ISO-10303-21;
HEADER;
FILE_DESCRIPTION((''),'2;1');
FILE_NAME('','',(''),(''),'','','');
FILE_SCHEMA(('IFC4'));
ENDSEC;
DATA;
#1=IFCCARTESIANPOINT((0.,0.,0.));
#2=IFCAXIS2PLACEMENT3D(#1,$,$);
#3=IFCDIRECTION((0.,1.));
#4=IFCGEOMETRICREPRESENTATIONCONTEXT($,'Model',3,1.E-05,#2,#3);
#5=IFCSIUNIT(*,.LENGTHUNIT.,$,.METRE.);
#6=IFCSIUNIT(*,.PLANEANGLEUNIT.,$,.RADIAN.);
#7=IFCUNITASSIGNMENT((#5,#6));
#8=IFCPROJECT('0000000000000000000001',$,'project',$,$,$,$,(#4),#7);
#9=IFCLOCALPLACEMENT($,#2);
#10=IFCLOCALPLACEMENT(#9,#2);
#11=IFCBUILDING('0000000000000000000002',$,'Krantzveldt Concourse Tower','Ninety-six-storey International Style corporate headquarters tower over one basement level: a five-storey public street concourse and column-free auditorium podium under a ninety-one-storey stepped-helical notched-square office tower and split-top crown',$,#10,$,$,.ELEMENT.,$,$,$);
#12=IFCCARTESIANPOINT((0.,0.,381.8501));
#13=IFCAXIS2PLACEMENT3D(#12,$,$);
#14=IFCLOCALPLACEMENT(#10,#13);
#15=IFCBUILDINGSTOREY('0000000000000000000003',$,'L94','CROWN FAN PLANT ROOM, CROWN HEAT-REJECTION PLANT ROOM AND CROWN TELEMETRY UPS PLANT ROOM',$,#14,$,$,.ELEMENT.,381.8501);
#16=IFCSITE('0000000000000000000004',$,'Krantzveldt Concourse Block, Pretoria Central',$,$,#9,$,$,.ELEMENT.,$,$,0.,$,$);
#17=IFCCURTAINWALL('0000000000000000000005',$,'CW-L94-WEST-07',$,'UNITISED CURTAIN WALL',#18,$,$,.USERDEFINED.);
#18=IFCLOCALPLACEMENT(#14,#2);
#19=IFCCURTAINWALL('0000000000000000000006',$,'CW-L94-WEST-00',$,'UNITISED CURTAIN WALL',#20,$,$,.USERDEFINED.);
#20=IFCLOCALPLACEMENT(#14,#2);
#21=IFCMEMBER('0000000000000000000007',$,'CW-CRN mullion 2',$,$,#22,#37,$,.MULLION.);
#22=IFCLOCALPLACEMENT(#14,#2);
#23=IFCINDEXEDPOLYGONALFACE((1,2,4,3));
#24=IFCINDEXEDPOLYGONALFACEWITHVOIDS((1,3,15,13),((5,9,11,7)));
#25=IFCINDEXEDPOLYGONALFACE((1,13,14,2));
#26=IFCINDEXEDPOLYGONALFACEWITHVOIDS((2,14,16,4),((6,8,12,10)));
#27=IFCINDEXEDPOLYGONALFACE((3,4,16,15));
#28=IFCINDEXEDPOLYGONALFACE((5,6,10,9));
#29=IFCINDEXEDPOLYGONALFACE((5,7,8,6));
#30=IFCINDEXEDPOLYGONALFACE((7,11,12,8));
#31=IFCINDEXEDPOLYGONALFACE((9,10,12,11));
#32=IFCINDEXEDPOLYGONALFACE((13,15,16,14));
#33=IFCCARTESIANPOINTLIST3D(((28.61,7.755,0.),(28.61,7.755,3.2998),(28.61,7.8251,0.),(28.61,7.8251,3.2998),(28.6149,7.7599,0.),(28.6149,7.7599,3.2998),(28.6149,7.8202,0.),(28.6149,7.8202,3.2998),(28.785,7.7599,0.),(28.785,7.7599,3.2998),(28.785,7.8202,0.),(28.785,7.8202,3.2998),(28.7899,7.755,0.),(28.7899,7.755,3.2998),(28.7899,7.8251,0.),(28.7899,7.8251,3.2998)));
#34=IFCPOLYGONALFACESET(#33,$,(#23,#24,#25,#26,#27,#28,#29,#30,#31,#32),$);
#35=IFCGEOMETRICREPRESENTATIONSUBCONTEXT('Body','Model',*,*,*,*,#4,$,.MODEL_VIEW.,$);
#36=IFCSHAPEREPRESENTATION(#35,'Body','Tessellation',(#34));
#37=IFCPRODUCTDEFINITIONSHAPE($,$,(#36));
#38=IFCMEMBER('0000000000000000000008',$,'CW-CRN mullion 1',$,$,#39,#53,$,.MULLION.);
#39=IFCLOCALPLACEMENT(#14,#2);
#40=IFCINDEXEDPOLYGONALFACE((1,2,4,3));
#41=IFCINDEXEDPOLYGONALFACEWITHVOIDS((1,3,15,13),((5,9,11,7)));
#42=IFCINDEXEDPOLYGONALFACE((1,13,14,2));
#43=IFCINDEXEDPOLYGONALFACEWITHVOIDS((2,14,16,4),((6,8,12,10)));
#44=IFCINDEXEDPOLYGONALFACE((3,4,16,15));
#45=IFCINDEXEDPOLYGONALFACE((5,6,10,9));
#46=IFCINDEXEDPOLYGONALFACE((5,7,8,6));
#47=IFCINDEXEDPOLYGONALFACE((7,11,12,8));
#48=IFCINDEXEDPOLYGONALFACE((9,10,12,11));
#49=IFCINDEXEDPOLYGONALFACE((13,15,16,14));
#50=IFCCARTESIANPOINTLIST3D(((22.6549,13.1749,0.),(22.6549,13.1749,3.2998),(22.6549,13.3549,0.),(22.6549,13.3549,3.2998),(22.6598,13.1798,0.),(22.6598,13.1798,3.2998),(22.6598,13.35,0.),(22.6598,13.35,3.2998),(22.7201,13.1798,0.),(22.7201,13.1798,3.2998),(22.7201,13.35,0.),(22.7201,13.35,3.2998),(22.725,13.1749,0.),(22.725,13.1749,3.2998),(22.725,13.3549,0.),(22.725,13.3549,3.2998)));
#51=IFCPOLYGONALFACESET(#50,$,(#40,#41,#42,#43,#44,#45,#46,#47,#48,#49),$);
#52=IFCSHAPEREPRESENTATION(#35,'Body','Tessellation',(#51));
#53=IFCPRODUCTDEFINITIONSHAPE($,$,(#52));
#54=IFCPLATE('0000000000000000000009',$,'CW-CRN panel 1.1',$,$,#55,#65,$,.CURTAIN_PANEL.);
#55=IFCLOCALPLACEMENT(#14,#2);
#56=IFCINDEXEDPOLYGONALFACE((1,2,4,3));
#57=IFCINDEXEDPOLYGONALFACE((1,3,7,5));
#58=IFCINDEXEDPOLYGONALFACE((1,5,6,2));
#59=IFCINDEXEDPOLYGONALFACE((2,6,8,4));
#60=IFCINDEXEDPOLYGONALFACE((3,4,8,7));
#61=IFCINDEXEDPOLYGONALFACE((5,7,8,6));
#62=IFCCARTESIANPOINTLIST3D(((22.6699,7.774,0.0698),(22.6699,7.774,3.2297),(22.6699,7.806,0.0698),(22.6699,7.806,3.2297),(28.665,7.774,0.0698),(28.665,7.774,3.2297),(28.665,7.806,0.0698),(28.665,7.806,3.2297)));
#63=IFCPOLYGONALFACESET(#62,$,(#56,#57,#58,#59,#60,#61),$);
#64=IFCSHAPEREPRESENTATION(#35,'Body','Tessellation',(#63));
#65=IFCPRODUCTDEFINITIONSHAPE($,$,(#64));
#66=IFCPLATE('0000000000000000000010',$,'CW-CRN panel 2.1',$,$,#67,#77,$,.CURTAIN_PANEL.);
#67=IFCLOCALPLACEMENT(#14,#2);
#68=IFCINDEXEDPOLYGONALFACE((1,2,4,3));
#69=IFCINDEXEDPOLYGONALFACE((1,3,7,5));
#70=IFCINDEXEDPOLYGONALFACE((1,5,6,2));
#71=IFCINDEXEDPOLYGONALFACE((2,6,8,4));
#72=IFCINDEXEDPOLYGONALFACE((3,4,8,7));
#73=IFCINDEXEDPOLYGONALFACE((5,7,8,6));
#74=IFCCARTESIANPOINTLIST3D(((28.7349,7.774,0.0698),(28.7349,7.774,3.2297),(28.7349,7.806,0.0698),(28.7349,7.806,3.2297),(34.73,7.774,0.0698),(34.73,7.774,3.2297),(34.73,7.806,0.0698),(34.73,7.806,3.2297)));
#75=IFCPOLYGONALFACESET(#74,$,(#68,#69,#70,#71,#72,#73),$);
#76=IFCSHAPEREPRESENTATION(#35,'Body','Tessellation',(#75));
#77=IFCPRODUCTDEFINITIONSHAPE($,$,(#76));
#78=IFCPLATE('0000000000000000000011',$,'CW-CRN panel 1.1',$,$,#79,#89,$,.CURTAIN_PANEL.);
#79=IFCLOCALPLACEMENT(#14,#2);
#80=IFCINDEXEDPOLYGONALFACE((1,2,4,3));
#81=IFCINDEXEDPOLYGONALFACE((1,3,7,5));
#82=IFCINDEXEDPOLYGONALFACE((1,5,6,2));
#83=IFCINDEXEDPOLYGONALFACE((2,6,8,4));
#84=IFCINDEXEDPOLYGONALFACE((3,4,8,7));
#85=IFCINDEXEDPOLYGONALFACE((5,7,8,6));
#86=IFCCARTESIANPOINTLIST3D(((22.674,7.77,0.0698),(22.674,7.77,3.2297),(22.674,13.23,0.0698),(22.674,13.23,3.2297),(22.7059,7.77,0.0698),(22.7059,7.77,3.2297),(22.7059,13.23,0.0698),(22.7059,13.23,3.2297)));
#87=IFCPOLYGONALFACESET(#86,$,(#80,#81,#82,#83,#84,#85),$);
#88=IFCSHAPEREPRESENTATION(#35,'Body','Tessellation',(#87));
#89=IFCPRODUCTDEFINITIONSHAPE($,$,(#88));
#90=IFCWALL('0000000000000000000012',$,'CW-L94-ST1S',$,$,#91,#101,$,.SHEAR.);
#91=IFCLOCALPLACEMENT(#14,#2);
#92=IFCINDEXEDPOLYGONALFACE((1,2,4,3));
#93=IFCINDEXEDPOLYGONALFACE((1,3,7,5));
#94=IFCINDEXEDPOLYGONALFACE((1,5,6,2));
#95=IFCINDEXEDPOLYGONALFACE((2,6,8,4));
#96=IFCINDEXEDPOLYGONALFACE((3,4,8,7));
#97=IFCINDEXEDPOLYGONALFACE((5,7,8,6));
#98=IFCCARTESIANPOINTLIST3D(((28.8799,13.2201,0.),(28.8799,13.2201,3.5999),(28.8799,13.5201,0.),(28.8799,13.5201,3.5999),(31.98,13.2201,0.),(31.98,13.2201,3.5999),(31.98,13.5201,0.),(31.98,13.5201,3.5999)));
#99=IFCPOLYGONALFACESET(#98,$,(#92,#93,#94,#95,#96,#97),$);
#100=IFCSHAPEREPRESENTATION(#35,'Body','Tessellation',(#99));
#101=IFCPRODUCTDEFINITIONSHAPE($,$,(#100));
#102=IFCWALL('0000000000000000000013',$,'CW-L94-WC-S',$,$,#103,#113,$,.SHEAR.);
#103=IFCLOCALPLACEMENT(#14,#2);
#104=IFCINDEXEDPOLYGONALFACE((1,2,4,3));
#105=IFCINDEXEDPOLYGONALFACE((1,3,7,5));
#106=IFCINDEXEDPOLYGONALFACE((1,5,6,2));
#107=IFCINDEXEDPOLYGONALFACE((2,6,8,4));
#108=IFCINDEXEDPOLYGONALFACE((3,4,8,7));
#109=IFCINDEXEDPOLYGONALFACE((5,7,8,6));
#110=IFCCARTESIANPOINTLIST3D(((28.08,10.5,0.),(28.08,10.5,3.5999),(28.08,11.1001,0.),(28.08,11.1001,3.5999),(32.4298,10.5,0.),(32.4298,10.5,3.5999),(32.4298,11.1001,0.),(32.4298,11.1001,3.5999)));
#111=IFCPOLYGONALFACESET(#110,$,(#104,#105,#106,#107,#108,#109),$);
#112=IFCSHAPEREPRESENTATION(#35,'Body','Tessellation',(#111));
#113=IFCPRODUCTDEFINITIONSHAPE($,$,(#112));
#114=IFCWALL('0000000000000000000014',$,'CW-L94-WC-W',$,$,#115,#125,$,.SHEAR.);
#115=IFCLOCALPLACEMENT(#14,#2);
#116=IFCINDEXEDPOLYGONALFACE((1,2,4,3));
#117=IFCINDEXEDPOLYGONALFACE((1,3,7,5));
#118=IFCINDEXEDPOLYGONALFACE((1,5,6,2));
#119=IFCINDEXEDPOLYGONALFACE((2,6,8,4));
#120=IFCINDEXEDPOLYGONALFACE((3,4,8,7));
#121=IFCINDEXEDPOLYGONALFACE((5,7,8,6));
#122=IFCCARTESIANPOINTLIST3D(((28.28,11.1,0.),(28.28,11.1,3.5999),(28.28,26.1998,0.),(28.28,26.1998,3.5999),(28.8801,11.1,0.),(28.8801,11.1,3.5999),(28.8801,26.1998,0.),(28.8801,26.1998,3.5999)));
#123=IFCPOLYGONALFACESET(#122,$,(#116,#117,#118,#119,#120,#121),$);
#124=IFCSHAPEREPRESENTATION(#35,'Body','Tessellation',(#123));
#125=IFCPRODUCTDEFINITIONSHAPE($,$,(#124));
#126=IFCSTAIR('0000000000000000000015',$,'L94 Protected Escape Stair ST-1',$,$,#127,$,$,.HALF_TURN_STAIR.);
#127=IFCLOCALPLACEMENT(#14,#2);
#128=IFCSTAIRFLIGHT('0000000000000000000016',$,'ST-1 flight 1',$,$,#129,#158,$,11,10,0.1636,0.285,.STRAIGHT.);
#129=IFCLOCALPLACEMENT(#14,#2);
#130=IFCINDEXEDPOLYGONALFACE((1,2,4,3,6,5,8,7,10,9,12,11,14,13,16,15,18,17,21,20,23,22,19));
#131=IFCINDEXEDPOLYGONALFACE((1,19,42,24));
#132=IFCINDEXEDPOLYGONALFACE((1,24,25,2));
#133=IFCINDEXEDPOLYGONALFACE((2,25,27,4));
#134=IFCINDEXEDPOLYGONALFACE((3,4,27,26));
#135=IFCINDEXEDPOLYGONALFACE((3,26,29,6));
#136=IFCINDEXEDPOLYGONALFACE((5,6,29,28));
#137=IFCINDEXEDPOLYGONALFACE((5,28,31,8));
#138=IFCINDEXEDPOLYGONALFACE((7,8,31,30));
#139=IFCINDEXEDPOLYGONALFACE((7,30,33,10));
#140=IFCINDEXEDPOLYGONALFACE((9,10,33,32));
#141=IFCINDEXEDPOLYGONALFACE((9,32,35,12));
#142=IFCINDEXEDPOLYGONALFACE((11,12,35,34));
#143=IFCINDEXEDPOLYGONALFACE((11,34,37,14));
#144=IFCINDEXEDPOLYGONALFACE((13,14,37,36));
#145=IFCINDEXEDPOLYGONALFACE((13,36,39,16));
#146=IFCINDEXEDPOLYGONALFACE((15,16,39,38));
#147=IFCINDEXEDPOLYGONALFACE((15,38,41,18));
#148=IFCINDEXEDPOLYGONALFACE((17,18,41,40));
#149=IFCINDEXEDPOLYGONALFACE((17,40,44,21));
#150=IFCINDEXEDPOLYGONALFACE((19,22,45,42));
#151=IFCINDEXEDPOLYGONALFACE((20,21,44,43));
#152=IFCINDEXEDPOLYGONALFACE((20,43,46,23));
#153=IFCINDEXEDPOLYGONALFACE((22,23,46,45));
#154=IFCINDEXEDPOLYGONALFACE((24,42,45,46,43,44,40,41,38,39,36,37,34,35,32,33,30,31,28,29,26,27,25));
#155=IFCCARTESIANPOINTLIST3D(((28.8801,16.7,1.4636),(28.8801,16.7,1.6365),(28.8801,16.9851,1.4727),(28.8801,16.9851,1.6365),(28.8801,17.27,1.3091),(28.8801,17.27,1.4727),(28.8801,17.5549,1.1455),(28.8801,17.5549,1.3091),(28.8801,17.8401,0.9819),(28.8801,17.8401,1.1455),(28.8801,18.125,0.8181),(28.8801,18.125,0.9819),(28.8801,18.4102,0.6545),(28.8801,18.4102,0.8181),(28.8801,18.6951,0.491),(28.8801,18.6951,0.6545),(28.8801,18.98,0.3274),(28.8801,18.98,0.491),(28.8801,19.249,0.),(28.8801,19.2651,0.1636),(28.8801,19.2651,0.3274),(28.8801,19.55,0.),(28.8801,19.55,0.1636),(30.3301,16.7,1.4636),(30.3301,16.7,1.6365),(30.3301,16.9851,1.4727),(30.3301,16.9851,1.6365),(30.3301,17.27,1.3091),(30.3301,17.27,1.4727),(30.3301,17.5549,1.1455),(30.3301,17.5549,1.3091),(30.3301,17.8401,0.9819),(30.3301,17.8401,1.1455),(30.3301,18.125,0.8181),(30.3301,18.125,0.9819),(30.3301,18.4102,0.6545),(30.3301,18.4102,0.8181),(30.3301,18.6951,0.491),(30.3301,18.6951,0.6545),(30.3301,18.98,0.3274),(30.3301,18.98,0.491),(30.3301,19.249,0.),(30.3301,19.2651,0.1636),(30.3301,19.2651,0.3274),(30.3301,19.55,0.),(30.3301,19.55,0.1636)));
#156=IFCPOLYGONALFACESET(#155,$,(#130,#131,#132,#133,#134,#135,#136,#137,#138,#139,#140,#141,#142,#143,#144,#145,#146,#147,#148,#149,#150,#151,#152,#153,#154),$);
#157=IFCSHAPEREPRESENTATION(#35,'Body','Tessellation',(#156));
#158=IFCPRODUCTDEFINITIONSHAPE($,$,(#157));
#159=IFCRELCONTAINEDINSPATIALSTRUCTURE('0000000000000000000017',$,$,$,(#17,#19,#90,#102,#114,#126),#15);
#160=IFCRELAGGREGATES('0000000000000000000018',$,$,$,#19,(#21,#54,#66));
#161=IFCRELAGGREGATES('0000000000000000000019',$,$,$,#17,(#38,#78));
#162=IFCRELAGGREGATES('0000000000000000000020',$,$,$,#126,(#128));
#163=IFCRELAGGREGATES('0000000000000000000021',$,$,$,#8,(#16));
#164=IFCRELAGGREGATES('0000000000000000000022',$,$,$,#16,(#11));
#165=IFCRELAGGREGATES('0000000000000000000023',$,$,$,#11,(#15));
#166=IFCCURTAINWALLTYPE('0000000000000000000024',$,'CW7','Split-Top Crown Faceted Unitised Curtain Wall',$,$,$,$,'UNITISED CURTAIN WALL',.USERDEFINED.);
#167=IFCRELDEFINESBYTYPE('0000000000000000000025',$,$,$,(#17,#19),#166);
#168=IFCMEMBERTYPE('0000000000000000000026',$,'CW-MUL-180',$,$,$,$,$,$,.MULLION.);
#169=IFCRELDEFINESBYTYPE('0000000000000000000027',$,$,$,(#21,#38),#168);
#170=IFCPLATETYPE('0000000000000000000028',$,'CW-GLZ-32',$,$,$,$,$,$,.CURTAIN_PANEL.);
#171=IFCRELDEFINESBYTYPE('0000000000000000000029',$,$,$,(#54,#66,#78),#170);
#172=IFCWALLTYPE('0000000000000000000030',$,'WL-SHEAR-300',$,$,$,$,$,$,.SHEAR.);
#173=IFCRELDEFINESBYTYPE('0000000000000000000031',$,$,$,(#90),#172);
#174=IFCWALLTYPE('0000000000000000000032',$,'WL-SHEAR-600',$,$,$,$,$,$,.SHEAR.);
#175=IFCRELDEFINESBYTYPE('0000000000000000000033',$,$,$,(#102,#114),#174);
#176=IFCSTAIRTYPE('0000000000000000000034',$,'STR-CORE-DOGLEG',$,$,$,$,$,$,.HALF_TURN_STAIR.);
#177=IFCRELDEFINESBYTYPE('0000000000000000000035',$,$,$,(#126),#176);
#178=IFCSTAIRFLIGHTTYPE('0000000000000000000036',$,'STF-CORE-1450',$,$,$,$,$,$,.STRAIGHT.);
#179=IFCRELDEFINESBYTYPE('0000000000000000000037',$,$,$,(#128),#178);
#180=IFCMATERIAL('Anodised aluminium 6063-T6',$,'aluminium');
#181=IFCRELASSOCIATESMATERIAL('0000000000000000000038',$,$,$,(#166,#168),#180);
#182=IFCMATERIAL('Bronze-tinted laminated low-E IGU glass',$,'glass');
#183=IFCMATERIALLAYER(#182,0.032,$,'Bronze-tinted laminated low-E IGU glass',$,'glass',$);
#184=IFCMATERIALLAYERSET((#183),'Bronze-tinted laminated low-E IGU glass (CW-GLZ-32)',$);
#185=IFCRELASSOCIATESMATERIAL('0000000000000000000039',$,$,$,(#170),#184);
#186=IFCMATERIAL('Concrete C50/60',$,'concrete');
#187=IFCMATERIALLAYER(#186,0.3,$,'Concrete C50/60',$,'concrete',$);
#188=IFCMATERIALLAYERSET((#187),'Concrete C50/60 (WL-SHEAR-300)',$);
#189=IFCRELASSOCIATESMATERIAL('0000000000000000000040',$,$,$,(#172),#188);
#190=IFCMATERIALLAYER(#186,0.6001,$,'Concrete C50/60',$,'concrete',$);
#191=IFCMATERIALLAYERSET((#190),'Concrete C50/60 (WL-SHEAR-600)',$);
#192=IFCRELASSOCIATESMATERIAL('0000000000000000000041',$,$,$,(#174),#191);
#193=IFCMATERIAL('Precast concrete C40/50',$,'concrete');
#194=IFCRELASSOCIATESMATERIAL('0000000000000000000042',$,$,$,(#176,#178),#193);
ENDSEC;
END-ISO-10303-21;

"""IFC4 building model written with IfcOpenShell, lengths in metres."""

from ifc_helpers import new_model, si_unit, direction, frame, frame_2d, origin, origin_2d, place, context, subcontext, project, spatial, polyline, rectangle, hollow_rectangle, outline, extrude, source, transform, mapped, material, layer, layer_set, material_profile, profile_set, type_object, type_shapes, element, aggregate, save


model = new_model("IFC4")

# Units and contexts
model_context = context("Model", 3, precision=1e-05, world=origin(), true_north=direction((0.0, 1.0)))
body_context = subcontext(model_context, "Body", "Model", "MODEL_VIEW")
ifc_project = project(units=[si_unit("LENGTHUNIT", "METRE"), si_unit("PLANEANGLEUNIT", "RADIAN")], contexts=[model_context])

# Site, building, storey
site_placement = place(None, origin())
site = spatial("IfcSite", under=ifc_project, at=site_placement, Name="Krantzveldt Concourse Block, Pretoria Central", CompositionType="ELEMENT", RefElevation=0.0)
building_placement = place(site_placement, origin())
building = spatial("IfcBuilding", under=site, at=building_placement, Name="Krantzveldt Concourse Tower", Description="Ninety-six-storey International Style corporate headquarters tower over one basement level: a five-storey public street concourse and column-free auditorium podium under a ninety-one-storey stepped-helical notched-square office tower and split-top crown", CompositionType="ELEMENT")
storey_placement = place(building_placement, frame((0.0, 0.0, 381.8501)))
storey = spatial("IfcBuildingStorey", under=building, at=storey_placement, Name="L94", Description="CROWN FAN PLANT ROOM, CROWN HEAT-REJECTION PLANT ROOM AND CROWN TELEMETRY UPS PLANT ROOM", CompositionType="ELEMENT", Elevation=381.8501)

# Shared definitions
ifc_material_1 = material(Name="Concrete C50/60", Category="concrete")

# Curtain walls, member
ifc_material_2 = material(Name="Anodised aluminium 6063-T6", Category="aluminium")
curtain_wall_type = type_object("IfcCurtainWallType", Name="CW7", Description="Split-Top Crown Faceted Unitised Curtain Wall", ElementType="UNITISED CURTAIN WALL", PredefinedType="USERDEFINED", material=ifc_material_2)
curtain_wall_1_placement = place(storey_placement, origin())
curtain_wall_1 = element("IfcCurtainWall", 1, at=curtain_wall_1_placement, inside=storey, type_object=curtain_wall_type, Name="CW-L94-WEST-07", ObjectType="UNITISED CURTAIN WALL", PredefinedType="USERDEFINED")
curtain_wall_2_placement = place(storey_placement, origin())
curtain_wall_2 = element("IfcCurtainWall", 2, at=curtain_wall_2_placement, inside=storey, type_object=curtain_wall_type, Name="CW-L94-WEST-00", ObjectType="UNITISED CURTAIN WALL", PredefinedType="USERDEFINED")
ifc_material_profile_1 = material_profile(ifc_material_2, hollow_rectangle(XDim=0.0701, YDim=0.1799, WallThickness=0.0049, at=origin_2d()), Name="Anodised aluminium 6063-T6", Category="aluminium")
ifc_profile_set_1 = profile_set([ifc_material_profile_1], Name="Anodised aluminium 6063-T6 - ALU-MULL 180x70x5")
member_type_1 = type_object("IfcMemberType", Name="CW-MUL-180", PredefinedType="MULLION", material=ifc_profile_set_1)
shared_shape_1 = source(origin(), body_context, "Body", "SweptSolid", [
    extrude(hollow_rectangle(XDim=0.0701, YDim=0.1799, WallThickness=0.0049, at=origin_2d()), origin(), (0.0, 0.0, 1.0), 3.2998),
])
type_shapes(member_type_1, [shared_shape_1])
member_1_placement = place(storey_placement, frame((28.7, 7.79, 0.0), z_axis=(0.0, 0.0, 1.0), x_axis=(0.0, 1.0, 0.0)))
member_1 = element("IfcMember", 3, at=member_1_placement, type_object=member_type_1, Name="CW-CRN mullion 2", PredefinedType="MULLION", context=body_context, shape_type="MappedRepresentation", body=[
    mapped(shared_shape_1, transform((0.0, 0.0, 0.0), x_axis=(1.0, 0.0, 0.0), y_axis=(0.0, 1.0, 0.0), z_axis=(0.0, 0.0, 1.0), scale=1.0)),
])

# Member
member_2_placement = place(storey_placement, frame((22.6899, 13.2649, 0.0), z_axis=(0.0, 0.0, 1.0), x_axis=(1.0, 0.0, 0.0)))
member_2 = element("IfcMember", 4, at=member_2_placement, type_object=member_type_1, Name="CW-CRN mullion 1", PredefinedType="MULLION", context=body_context, shape_type="MappedRepresentation", body=[
    mapped(shared_shape_1, transform((0.0, 0.0, 0.0), x_axis=(1.0, 0.0, 0.0), y_axis=(0.0, 1.0, 0.0), z_axis=(0.0, 0.0, 1.0), scale=1.0)),
])

# Plates
ifc_material_3 = material(Name="Bronze-tinted laminated low-E IGU glass", Category="glass")
ifc_layer_1 = layer(ifc_material_3, 0.032, Name="Bronze-tinted laminated low-E IGU glass", Category="glass")
ifc_layer_set_1 = layer_set([ifc_layer_1], Name="Bronze-tinted laminated low-E IGU glass (CW-GLZ-32)")
plate_type = type_object("IfcPlateType", Name="CW-GLZ-32", PredefinedType="CURTAIN_PANEL", material=ifc_layer_set_1)
shared_shape_2 = source(origin(), body_context, "Body", "SweptSolid", [
    extrude(rectangle(XDim=5.9951, YDim=0.032, at=origin_2d()), origin(), (0.0, 0.0, 1.0), 3.1599),
])
plate_1_placement = place(storey_placement, frame((25.6675, 7.79, 0.0698), z_axis=(0.0, 0.0, 1.0), x_axis=(1.0, 0.0, 0.0)))
plate_1 = element("IfcPlate", 5, at=plate_1_placement, type_object=plate_type, Name="CW-CRN panel 1.1", PredefinedType="CURTAIN_PANEL", context=body_context, shape_type="MappedRepresentation", body=[
    mapped(shared_shape_2, transform((0.0, 0.0, 0.0), x_axis=(1.0, 0.0, 0.0), y_axis=(0.0, 1.0, 0.0), z_axis=(0.0, 0.0, 1.0), scale=1.0)),
])
plate_2_placement = place(storey_placement, frame((31.7324, 7.79, 0.0698), z_axis=(0.0, 0.0, 1.0), x_axis=(1.0, 0.0, 0.0)))
plate_2 = element("IfcPlate", 6, at=plate_2_placement, type_object=plate_type, Name="CW-CRN panel 2.1", PredefinedType="CURTAIN_PANEL", context=body_context, shape_type="MappedRepresentation", body=[
    mapped(shared_shape_2, transform((0.0, 0.0, 0.0), x_axis=(1.0, 0.0, 0.0), y_axis=(0.0, 1.0, 0.0), z_axis=(0.0, 0.0, 1.0), scale=1.0)),
])
aggregate(curtain_wall_2, [member_1, plate_1, plate_2])
shared_shape_3 = source(origin(), body_context, "Body", "SweptSolid", [
    extrude(rectangle(XDim=5.46, YDim=0.032, at=origin_2d()), origin(), (0.0, 0.0, 1.0), 3.1599),
])
type_shapes(plate_type, [shared_shape_2, shared_shape_3])
plate_3_placement = place(storey_placement, frame((22.6899, 10.5, 0.0698), z_axis=(0.0, 0.0, 1.0), x_axis=(0.0, -1.0, 0.0)))
plate_3 = element("IfcPlate", 7, at=plate_3_placement, type_object=plate_type, Name="CW-CRN panel 1.1", PredefinedType="CURTAIN_PANEL", context=body_context, shape_type="MappedRepresentation", body=[
    mapped(shared_shape_3, transform((0.0, 0.0, 0.0), x_axis=(1.0, 0.0, 0.0), y_axis=(0.0, 1.0, 0.0), z_axis=(0.0, 0.0, 1.0), scale=1.0)),
])
aggregate(curtain_wall_1, [member_2, plate_3])

# Walls
ifc_layer_2 = layer(ifc_material_1, 0.3, Name="Concrete C50/60", Category="concrete")
ifc_layer_set_2 = layer_set([ifc_layer_2], Name="Concrete C50/60 (WL-SHEAR-300)")
wall_type_1 = type_object("IfcWallType", Name="WL-SHEAR-300", PredefinedType="SHEAR", material=ifc_layer_set_2)
wall_1_placement = place(storey_placement, frame((28.8799, 13.3701, 0.0), z_axis=(0.0, 0.0, 1.0), x_axis=(1.0, 0.0, 0.0)))
element("IfcWall", 8, at=wall_1_placement, inside=storey, type_object=wall_type_1, Name="CW-L94-ST1S", PredefinedType="SHEAR", context=body_context, shape_type="SweptSolid", body=[
    extrude(rectangle(XDim=3.1001, YDim=0.3, at=frame_2d((1.55, 0.0))), origin(), (0.0, 0.0, 1.0), 3.5999),
])
ifc_layer_3 = layer(ifc_material_1, 0.6001, Name="Concrete C50/60", Category="concrete")
ifc_layer_set_3 = layer_set([ifc_layer_3], Name="Concrete C50/60 (WL-SHEAR-600)")
wall_type_2 = type_object("IfcWallType", Name="WL-SHEAR-600", PredefinedType="SHEAR", material=ifc_layer_set_3)
wall_2_placement = place(storey_placement, frame((28.0801, 10.8, 0.0), z_axis=(0.0, 0.0, 1.0), x_axis=(1.0, 0.0, 0.0)))
element("IfcWall", 9, at=wall_2_placement, inside=storey, type_object=wall_type_2, Name="CW-L94-WC-S", PredefinedType="SHEAR", context=body_context, shape_type="SweptSolid", body=[
    extrude(rectangle(XDim=4.3499, YDim=0.6001, at=frame_2d((2.1748, 0.0))), origin(), (0.0, 0.0, 1.0), 3.5999),
])
wall_3_placement = place(storey_placement, frame((28.5801, 11.1001, 0.0), z_axis=(0.0, 0.0, 1.0), x_axis=(0.0, 1.0, 0.0)))
element("IfcWall", 10, at=wall_3_placement, inside=storey, type_object=wall_type_2, Name="CW-L94-WC-W", PredefinedType="SHEAR", context=body_context, shape_type="SweptSolid", body=[
    extrude(rectangle(XDim=15.0999, YDim=0.6001, at=frame_2d((7.5498, 0.0))), origin(), (0.0, 0.0, 1.0), 3.5999),
])

# Stair, stair flight
ifc_material_4 = material(Name="Precast concrete C40/50", Category="concrete")
stair_type = type_object("IfcStairType", Name="STR-CORE-DOGLEG", PredefinedType="HALF_TURN_STAIR", material=ifc_material_4)
stair_placement = place(storey_placement, origin())
stair = element("IfcStair", 11, at=stair_placement, inside=storey, type_object=stair_type, Name="L94 Protected Escape Stair ST-1", PredefinedType="HALF_TURN_STAIR")
stair_flight_type = type_object("IfcStairFlightType", Name="STF-CORE-1450", PredefinedType="STRAIGHT", material=ifc_material_4)
stair_flight_1_placement = place(storey_placement, frame((29.605, 19.55, 0.0), z_axis=(0.0, 0.0, 1.0), x_axis=(0.0, -1.0, 0.0)))
stair_flight_1 = element("IfcStairFlight", 12, at=stair_flight_1_placement, type_object=stair_flight_type, Name="ST-1 flight 1", NumberOfRisers=11, NumberOfTreads=10, PredefinedType="STRAIGHT", RiserHeight=0.1636, TreadLength=0.285, context=body_context, shape_type="SweptSolid", body=[
    extrude(outline(polyline([(0.0, 0.0), (0.0, 0.1636), (0.2849, 0.1636), (0.2849, 0.3274), (0.5701, 0.3274), (0.5701, 0.491), (0.855, 0.491), (0.855, 0.6545), (1.1399, 0.6545), (1.1399, 0.8181), (1.425, 0.8181), (1.425, 0.9819), (1.71, 0.9819), (1.71, 1.1455), (1.9951, 1.1455), (1.9951, 1.3091), (2.28, 1.3091), (2.28, 1.4727), (2.5649, 1.4727), (2.5649, 1.6365), (2.8501, 1.6365), (2.8501, 1.8), (2.8501, 1.4636), (0.301, 0.0), (0.0, 0.0)])), frame((0.0, 0.7251, 0.0), z_axis=(0.0, -1.0, 0.0), x_axis=(1.0, 0.0, 0.0)), (0.0, 0.0, 1.0), 1.45),
])
aggregate(stair, [stair_flight_1])

save(model, "model.ifc")
